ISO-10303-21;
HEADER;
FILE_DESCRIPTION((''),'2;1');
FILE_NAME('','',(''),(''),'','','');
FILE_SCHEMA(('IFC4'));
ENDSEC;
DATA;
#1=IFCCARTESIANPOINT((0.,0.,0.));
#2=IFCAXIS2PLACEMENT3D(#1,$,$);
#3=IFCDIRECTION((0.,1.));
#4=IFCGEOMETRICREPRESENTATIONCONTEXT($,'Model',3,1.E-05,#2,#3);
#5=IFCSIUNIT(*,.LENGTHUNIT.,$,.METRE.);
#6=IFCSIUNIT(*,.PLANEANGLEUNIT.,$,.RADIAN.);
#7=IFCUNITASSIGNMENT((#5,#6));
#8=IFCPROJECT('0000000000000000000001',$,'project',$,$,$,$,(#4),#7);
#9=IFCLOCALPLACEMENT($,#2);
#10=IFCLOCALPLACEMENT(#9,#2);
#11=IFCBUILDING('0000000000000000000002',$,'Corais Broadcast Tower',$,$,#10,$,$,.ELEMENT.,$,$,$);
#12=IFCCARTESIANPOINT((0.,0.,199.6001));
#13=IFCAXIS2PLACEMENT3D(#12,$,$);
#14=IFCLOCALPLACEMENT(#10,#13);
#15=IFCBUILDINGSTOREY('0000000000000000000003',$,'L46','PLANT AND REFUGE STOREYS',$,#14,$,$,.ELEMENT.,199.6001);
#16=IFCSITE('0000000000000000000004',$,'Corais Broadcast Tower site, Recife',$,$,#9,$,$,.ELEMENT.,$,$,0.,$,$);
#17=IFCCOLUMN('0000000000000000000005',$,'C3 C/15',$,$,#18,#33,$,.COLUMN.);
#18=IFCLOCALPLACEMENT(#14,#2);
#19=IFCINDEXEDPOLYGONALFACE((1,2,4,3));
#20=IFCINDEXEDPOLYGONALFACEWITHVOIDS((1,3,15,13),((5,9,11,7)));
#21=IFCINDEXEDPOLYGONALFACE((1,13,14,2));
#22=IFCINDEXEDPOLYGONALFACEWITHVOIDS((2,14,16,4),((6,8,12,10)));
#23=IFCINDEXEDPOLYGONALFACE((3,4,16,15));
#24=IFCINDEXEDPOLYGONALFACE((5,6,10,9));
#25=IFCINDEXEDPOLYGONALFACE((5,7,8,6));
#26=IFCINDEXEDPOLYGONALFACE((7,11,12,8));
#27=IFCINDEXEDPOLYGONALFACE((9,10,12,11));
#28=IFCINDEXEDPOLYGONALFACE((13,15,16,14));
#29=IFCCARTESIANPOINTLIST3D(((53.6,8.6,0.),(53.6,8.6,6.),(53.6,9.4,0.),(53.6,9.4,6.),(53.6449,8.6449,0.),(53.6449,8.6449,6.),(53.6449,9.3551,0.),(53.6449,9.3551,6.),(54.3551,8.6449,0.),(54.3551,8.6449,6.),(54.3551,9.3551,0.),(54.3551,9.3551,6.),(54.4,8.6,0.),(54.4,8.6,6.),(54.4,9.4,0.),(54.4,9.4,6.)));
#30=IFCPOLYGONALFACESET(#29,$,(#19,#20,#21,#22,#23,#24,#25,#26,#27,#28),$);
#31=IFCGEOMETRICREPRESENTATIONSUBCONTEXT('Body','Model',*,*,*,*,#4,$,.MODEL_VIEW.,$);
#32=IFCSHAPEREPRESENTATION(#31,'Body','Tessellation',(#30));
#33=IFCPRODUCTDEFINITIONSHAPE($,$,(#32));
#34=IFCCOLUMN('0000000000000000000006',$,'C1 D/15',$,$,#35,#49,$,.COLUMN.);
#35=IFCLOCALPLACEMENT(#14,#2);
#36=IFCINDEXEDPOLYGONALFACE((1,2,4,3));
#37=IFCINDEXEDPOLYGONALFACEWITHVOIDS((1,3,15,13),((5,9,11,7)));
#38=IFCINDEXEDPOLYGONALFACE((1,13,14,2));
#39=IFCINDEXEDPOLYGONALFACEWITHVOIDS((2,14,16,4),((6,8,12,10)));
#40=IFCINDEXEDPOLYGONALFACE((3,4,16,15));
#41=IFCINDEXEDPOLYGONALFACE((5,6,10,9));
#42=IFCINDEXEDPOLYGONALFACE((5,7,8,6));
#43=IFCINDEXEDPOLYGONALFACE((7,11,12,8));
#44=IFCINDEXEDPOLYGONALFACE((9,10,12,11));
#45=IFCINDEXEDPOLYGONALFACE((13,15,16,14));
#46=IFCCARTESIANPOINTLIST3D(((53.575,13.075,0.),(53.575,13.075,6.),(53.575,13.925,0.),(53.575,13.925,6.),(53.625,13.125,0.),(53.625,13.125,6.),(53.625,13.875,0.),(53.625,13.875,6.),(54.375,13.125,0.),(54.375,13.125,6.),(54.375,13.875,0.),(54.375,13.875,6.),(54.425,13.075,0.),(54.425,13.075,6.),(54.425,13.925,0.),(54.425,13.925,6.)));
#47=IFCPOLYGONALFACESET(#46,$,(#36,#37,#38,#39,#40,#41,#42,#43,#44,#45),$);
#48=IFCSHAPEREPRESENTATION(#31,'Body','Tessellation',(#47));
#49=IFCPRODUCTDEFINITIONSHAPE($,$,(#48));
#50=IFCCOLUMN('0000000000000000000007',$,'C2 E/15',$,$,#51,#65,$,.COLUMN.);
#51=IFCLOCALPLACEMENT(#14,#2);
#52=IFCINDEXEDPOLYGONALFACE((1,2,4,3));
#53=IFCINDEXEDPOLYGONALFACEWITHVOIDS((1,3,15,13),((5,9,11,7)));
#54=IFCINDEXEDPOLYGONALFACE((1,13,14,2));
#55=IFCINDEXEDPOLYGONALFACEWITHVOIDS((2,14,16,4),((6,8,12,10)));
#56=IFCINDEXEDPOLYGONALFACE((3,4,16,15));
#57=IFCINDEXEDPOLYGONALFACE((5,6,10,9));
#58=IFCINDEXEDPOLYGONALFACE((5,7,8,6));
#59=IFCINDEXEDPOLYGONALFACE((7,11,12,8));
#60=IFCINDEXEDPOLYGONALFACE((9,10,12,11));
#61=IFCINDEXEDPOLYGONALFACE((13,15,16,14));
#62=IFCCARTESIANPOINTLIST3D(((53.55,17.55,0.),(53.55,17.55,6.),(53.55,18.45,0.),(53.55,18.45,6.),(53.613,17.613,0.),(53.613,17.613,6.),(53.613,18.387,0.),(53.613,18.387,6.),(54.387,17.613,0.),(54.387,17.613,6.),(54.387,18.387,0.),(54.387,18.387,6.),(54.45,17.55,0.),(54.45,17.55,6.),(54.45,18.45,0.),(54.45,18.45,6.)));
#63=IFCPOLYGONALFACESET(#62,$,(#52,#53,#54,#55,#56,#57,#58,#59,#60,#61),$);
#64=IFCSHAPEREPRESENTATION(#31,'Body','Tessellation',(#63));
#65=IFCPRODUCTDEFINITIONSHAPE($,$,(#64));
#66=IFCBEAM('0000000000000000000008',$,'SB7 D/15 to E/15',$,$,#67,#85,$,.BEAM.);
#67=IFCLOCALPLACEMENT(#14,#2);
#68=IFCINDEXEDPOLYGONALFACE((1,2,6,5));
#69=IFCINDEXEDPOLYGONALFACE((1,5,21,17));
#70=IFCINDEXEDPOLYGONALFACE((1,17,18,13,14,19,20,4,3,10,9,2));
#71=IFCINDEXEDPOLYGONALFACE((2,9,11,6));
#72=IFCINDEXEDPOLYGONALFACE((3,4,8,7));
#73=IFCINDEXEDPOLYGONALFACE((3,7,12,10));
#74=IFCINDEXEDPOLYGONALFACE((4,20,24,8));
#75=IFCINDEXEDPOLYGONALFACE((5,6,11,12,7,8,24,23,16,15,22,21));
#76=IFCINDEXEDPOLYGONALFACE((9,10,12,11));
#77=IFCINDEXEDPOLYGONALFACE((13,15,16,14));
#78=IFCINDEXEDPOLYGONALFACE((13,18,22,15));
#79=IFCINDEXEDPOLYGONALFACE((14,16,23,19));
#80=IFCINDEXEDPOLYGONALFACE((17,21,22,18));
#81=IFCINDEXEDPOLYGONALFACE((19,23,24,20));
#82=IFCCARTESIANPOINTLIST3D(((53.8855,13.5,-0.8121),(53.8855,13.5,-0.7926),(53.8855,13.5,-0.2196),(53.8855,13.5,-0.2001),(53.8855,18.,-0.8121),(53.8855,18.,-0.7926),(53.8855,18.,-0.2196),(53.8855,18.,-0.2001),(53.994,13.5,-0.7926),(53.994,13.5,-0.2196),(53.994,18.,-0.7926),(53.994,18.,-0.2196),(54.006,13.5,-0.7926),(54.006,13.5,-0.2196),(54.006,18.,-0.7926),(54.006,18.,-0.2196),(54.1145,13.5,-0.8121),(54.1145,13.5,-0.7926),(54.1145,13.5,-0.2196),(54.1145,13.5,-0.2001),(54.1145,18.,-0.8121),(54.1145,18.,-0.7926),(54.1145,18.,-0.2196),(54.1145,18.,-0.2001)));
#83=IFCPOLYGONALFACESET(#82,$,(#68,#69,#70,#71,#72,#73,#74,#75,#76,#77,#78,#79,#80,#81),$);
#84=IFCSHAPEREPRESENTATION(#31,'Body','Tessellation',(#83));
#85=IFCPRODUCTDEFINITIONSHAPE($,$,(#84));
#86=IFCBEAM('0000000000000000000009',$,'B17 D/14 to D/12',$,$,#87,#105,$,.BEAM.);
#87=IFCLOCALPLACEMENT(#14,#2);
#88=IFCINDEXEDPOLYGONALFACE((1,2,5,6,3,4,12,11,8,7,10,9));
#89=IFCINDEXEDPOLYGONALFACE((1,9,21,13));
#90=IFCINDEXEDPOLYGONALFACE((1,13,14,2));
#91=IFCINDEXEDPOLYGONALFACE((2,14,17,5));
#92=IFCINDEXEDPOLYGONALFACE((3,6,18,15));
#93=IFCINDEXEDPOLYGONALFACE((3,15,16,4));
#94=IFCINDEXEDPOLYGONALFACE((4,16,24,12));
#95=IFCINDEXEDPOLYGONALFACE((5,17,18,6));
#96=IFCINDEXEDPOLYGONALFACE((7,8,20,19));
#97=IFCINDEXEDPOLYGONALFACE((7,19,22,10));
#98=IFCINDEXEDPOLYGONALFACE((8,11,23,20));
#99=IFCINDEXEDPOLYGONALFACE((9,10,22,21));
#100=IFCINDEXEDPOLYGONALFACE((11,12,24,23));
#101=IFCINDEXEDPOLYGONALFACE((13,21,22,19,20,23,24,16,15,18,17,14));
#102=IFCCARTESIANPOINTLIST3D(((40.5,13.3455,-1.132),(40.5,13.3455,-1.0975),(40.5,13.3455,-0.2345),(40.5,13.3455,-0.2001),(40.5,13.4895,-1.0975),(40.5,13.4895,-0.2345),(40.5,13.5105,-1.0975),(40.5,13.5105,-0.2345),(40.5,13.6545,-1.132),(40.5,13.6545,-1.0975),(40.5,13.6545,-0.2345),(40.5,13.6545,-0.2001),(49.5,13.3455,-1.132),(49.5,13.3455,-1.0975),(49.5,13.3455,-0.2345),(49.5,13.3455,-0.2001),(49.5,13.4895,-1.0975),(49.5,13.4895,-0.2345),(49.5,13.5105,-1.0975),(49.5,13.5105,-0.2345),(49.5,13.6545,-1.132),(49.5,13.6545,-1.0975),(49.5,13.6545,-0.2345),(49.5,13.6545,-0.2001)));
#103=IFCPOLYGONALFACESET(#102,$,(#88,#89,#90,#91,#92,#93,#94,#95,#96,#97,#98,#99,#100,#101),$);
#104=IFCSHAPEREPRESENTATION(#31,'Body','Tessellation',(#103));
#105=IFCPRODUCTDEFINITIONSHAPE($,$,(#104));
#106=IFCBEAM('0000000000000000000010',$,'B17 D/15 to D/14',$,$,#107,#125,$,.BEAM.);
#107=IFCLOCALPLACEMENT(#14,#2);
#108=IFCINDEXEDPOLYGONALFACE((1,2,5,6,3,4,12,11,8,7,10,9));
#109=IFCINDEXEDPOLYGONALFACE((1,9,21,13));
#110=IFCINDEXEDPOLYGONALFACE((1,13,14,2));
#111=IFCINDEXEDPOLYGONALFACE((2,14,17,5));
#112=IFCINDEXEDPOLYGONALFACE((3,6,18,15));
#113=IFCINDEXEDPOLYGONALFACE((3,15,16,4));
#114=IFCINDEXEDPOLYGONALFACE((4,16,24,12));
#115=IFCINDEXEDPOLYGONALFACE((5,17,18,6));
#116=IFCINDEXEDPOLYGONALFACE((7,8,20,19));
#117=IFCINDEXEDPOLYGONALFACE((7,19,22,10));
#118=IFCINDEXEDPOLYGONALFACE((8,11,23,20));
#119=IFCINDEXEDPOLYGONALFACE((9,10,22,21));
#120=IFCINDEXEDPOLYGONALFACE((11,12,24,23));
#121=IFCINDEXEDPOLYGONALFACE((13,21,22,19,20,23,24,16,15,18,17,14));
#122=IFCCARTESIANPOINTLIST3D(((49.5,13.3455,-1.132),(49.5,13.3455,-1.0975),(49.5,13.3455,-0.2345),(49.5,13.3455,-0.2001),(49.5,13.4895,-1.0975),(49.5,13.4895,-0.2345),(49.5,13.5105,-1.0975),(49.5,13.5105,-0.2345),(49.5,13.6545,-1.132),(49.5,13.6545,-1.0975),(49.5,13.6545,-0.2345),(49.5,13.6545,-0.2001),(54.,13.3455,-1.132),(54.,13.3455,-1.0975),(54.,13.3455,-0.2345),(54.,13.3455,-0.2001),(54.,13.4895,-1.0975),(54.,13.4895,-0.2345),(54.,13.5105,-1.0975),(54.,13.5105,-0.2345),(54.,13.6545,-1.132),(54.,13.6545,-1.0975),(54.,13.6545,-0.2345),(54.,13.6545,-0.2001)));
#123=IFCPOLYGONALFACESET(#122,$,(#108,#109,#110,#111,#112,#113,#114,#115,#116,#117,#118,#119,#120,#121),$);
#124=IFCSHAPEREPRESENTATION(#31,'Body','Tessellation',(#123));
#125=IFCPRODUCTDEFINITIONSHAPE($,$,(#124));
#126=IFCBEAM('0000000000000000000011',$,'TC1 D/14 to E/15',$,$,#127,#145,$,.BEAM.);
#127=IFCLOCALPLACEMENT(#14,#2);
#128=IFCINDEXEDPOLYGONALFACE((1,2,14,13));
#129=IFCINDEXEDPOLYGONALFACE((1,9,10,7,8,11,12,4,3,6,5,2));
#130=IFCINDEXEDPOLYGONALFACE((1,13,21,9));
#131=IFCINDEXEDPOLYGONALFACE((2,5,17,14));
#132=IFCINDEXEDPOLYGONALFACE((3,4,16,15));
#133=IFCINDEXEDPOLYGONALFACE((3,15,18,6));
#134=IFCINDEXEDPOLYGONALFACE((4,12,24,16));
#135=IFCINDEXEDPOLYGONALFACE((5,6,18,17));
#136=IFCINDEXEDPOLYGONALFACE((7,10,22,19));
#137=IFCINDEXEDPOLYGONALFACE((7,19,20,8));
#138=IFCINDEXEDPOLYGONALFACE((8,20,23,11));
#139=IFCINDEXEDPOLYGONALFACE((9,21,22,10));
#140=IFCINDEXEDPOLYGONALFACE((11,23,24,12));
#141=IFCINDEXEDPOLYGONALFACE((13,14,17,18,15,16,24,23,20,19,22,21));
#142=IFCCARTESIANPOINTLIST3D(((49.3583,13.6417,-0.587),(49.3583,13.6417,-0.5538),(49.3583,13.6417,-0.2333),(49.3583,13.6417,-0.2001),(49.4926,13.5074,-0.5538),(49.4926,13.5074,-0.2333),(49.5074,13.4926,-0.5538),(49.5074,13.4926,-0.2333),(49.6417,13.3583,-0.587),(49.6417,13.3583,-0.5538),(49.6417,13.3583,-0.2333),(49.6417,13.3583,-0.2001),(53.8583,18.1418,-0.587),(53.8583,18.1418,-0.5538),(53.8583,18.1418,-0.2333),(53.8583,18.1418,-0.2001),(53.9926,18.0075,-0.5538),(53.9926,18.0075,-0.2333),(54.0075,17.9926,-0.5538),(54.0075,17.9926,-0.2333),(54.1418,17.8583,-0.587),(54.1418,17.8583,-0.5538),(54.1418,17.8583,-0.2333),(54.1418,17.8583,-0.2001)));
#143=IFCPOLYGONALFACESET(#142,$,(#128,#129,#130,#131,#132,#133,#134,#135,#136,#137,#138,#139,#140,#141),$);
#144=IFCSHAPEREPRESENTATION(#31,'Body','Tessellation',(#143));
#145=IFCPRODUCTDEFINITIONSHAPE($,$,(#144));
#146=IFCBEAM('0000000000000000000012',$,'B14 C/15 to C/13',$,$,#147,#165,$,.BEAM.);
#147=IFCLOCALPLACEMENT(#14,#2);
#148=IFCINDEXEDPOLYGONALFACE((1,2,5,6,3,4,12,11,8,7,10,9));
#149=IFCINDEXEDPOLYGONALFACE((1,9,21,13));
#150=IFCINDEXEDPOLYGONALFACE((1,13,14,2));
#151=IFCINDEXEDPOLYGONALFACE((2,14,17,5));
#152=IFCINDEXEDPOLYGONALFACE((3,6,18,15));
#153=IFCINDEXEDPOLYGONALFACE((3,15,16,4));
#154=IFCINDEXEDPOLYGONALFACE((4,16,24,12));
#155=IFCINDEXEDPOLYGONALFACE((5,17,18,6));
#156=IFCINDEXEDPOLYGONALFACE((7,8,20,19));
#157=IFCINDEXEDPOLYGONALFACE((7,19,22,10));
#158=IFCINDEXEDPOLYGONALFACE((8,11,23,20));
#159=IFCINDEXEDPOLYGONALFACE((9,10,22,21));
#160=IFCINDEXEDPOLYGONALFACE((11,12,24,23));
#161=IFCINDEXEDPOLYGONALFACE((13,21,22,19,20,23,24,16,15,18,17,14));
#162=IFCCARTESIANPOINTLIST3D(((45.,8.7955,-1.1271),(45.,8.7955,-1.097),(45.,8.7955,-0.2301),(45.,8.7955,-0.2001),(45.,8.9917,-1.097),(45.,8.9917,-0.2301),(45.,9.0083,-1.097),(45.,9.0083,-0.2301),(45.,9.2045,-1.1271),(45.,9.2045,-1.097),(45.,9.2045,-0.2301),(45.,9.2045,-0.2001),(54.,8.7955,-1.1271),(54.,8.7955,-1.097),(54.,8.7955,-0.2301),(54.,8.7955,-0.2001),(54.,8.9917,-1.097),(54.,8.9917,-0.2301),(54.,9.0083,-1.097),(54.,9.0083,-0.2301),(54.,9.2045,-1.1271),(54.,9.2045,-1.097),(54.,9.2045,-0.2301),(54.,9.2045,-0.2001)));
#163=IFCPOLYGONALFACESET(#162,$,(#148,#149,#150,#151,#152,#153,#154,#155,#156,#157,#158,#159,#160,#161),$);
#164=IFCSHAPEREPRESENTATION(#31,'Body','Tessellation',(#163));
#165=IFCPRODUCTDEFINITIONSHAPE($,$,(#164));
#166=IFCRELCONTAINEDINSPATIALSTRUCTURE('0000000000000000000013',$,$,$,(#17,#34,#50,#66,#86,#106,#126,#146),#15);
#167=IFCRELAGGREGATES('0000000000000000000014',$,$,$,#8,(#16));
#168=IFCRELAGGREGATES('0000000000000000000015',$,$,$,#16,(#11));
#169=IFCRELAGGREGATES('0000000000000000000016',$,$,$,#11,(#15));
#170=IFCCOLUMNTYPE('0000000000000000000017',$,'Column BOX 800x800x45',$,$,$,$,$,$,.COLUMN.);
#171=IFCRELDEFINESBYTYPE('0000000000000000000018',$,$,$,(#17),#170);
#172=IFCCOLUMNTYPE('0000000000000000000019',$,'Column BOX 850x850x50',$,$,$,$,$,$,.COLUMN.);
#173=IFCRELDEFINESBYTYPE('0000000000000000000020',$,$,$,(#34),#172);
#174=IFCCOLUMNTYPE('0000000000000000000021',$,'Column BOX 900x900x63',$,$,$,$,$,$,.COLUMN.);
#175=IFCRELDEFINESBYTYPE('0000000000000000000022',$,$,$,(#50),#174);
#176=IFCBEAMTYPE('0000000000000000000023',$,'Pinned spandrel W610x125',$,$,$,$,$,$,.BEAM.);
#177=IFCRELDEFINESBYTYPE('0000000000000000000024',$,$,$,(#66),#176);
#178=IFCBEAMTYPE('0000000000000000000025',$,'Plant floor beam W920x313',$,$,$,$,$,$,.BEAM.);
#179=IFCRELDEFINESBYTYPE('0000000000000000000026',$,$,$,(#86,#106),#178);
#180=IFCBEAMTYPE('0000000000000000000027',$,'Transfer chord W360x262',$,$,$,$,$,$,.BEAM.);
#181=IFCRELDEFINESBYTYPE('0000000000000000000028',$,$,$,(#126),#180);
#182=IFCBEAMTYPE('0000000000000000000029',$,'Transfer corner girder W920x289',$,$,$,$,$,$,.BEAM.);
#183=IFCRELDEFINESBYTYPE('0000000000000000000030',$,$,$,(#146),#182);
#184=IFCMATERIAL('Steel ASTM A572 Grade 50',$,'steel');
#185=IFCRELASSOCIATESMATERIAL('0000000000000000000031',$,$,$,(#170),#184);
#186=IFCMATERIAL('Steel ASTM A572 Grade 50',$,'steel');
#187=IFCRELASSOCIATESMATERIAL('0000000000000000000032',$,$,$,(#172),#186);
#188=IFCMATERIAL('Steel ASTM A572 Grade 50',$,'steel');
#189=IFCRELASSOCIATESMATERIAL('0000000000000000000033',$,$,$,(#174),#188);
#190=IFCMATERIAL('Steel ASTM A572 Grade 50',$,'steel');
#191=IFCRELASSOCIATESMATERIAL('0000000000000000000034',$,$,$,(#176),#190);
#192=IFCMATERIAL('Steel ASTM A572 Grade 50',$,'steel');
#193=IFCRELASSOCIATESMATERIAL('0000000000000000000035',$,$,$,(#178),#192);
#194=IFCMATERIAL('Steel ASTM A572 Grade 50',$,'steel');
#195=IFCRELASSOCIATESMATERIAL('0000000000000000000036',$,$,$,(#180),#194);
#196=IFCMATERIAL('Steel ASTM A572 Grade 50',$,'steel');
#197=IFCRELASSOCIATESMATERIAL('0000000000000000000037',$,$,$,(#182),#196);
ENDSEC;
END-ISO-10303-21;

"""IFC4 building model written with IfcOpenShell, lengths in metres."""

from ifc_helpers import new_model, si_unit, direction, frame, origin, origin_2d, place, context, subcontext, project, spatial, hollow_rectangle, i_section, extrude, material, material_profile, profile_set, type_object, element, save


model = new_model("IFC4")

# Units and contexts
model_context = context("Model", 3, precision=1e-05, world=origin(), true_north=direction((0.0, 1.0)))
body_context = subcontext(model_context, "Body", "Model", "MODEL_VIEW")
ifc_project = project(units=[si_unit("LENGTHUNIT", "METRE"), si_unit("PLANEANGLEUNIT", "RADIAN")], contexts=[model_context])

# Site, building, storey
site_placement = place(None, origin())
site = spatial("IfcSite", under=ifc_project, at=site_placement, Name="Corais Broadcast Tower site, Recife", CompositionType="ELEMENT", RefElevation=0.0)
building_placement = place(site_placement, origin())
building = spatial("IfcBuilding", under=site, at=building_placement, Name="Corais Broadcast Tower", CompositionType="ELEMENT")
storey_placement = place(building_placement, frame((0.0, 0.0, 199.6001)))
storey = spatial("IfcBuildingStorey", under=building, at=storey_placement, Name="L46", Description="PLANT AND REFUGE STOREYS", CompositionType="ELEMENT", Elevation=199.6001)

# Columns
ifc_material_1 = material(Name="Steel ASTM A572 Grade 50", Category="steel")
ifc_material_profile_1 = material_profile(ifc_material_1, hollow_rectangle(XDim=0.8, YDim=0.8, WallThickness=0.0449, at=origin_2d()), Name="BOX 800x800x45")
ifc_profile_set_1 = profile_set([ifc_material_profile_1], Name="Steel ASTM A572 Grade 50")
column_type_1 = type_object("IfcColumnType", Name="Column BOX 800x800x45", PredefinedType="COLUMN", material=ifc_profile_set_1)
column_1_placement = place(storey_placement, frame((54.0, 9.0, 0.0), z_axis=(0.0, 0.0, 1.0), x_axis=(1.0, 0.0, 0.0)))
element("IfcColumn", 1, at=column_1_placement, inside=storey, type_object=column_type_1, Name="C3 C/15", PredefinedType="COLUMN", context=body_context, shape_type="SweptSolid", body=[
    extrude(hollow_rectangle(XDim=0.8, YDim=0.8, WallThickness=0.0449, at=origin_2d()), origin(), (0.0, 0.0, 1.0), 6.0),
])
ifc_material_2 = material(Name="Steel ASTM A572 Grade 50", Category="steel")
ifc_material_profile_2 = material_profile(ifc_material_2, hollow_rectangle(XDim=0.8501, YDim=0.8501, WallThickness=0.05, at=origin_2d()), Name="BOX 850x850x50")
ifc_profile_set_2 = profile_set([ifc_material_profile_2], Name="Steel ASTM A572 Grade 50")
column_type_2 = type_object("IfcColumnType", Name="Column BOX 850x850x50", PredefinedType="COLUMN", material=ifc_profile_set_2)
column_2_placement = place(storey_placement, frame((54.0, 13.5, 0.0), z_axis=(0.0, 0.0, 1.0), x_axis=(1.0, 0.0, 0.0)))
element("IfcColumn", 2, at=column_2_placement, inside=storey, type_object=column_type_2, Name="C1 D/15", PredefinedType="COLUMN", context=body_context, shape_type="SweptSolid", body=[
    extrude(hollow_rectangle(XDim=0.8501, YDim=0.8501, WallThickness=0.05, at=origin_2d()), origin(), (0.0, 0.0, 1.0), 6.0),
])
ifc_material_3 = material(Name="Steel ASTM A572 Grade 50", Category="steel")
ifc_material_profile_3 = material_profile(ifc_material_3, hollow_rectangle(XDim=0.8999, YDim=0.8999, WallThickness=0.063, at=origin_2d()), Name="BOX 900x900x63")
ifc_profile_set_3 = profile_set([ifc_material_profile_3], Name="Steel ASTM A572 Grade 50")
column_type_3 = type_object("IfcColumnType", Name="Column BOX 900x900x63", PredefinedType="COLUMN", material=ifc_profile_set_3)
column_3_placement = place(storey_placement, frame((54.0, 18.0, 0.0), z_axis=(0.0, 0.0, 1.0), x_axis=(1.0, 0.0, 0.0)))
element("IfcColumn", 3, at=column_3_placement, inside=storey, type_object=column_type_3, Name="C2 E/15", PredefinedType="COLUMN", context=body_context, shape_type="SweptSolid", body=[
    extrude(hollow_rectangle(XDim=0.8999, YDim=0.8999, WallThickness=0.063, at=origin_2d()), origin(), (0.0, 0.0, 1.0), 6.0),
])

# Beams
ifc_material_4 = material(Name="Steel ASTM A572 Grade 50", Category="steel")
ifc_material_profile_4 = material_profile(ifc_material_4, i_section(OverallWidth=0.229, OverallDepth=0.6121, WebThickness=0.012, FlangeThickness=0.0195, at=origin_2d()), Name="W610x125")
ifc_profile_set_4 = profile_set([ifc_material_profile_4], Name="Steel ASTM A572 Grade 50")
beam_type_1 = type_object("IfcBeamType", Name="Pinned spandrel W610x125", PredefinedType="BEAM", material=ifc_profile_set_4)
beam_1_placement = place(storey_placement, frame((54.0, 13.5, -0.5061), z_axis=(0.0, 1.0, 0.0), x_axis=(-1.0, 0.0, 0.0)))
element("IfcBeam", 4, at=beam_1_placement, inside=storey, type_object=beam_type_1, Name="SB7 D/15 to E/15", PredefinedType="BEAM", context=body_context, shape_type="SweptSolid", body=[
    extrude(i_section(OverallWidth=0.229, OverallDepth=0.6121, WebThickness=0.012, FlangeThickness=0.0195, at=origin_2d()), origin(), (0.0, 0.0, 1.0), 4.5),
])
ifc_material_5 = material(Name="Steel ASTM A572 Grade 50", Category="steel")
ifc_material_profile_5 = material_profile(ifc_material_5, i_section(OverallWidth=0.3091, OverallDepth=0.9319, WebThickness=0.021, FlangeThickness=0.0344, at=origin_2d()), Name="W920x313")
ifc_profile_set_5 = profile_set([ifc_material_profile_5], Name="Steel ASTM A572 Grade 50")
beam_type_2 = type_object("IfcBeamType", Name="Plant floor beam W920x313", PredefinedType="BEAM", material=ifc_profile_set_5)
beam_2_placement = place(storey_placement, frame((49.5, 13.5, -0.666), z_axis=(-1.0, 0.0, 0.0), x_axis=(0.0, -1.0, 0.0)))
element("IfcBeam", 5, at=beam_2_placement, inside=storey, type_object=beam_type_2, Name="B17 D/14 to D/12", PredefinedType="BEAM", context=body_context, shape_type="SweptSolid", body=[
    extrude(i_section(OverallWidth=0.3091, OverallDepth=0.9319, WebThickness=0.021, FlangeThickness=0.0344, at=origin_2d()), origin(), (0.0, 0.0, 1.0), 9.0),
])
beam_3_placement = place(storey_placement, frame((54.0, 13.5, -0.666), z_axis=(-1.0, 0.0, 0.0), x_axis=(0.0, -1.0, 0.0)))
element("IfcBeam", 6, at=beam_3_placement, inside=storey, type_object=beam_type_2, Name="B17 D/15 to D/14", PredefinedType="BEAM", context=body_context, shape_type="SweptSolid", body=[
    extrude(i_section(OverallWidth=0.3091, OverallDepth=0.9319, WebThickness=0.021, FlangeThickness=0.0344, at=origin_2d()), origin(), (0.0, 0.0, 1.0), 4.5),
])
ifc_material_6 = material(Name="Steel ASTM A572 Grade 50", Category="steel")
ifc_material_profile_6 = material_profile(ifc_material_6, i_section(OverallWidth=0.4009, OverallDepth=0.387, WebThickness=0.021, FlangeThickness=0.0332, at=origin_2d()), Name="W360x262")
ifc_profile_set_6 = profile_set([ifc_material_profile_6], Name="Steel ASTM A572 Grade 50")
beam_type_3 = type_object("IfcBeamType", Name="Transfer chord W360x262", PredefinedType="BEAM", material=ifc_profile_set_6)
beam_4_placement = place(storey_placement, frame((49.5, 13.5, -0.3936), z_axis=(0.707107, 0.707107, 0.0), x_axis=(-0.707107, 0.707107, 0.0)))
element("IfcBeam", 7, at=beam_4_placement, inside=storey, type_object=beam_type_3, Name="TC1 D/14 to E/15", PredefinedType="BEAM", context=body_context, shape_type="SweptSolid", body=[
    extrude(i_section(OverallWidth=0.4009, OverallDepth=0.387, WebThickness=0.021, FlangeThickness=0.0332, at=origin_2d()), origin(), (0.0, 0.0, 1.0), 6.364),
])
ifc_material_7 = material(Name="Steel ASTM A572 Grade 50", Category="steel")
ifc_material_profile_7 = material_profile(ifc_material_7, i_section(OverallWidth=0.4089, OverallDepth=0.927, WebThickness=0.0166, FlangeThickness=0.03, at=origin_2d()), Name="W920x289")
ifc_profile_set_7 = profile_set([ifc_material_profile_7], Name="Steel ASTM A572 Grade 50")
beam_type_4 = type_object("IfcBeamType", Name="Transfer corner girder W920x289", PredefinedType="BEAM", material=ifc_profile_set_7)
beam_5_placement = place(storey_placement, frame((54.0, 9.0, -0.6636), z_axis=(-1.0, 0.0, 0.0), x_axis=(0.0, -1.0, 0.0)))
element("IfcBeam", 8, at=beam_5_placement, inside=storey, type_object=beam_type_4, Name="B14 C/15 to C/13", PredefinedType="BEAM", context=body_context, shape_type="SweptSolid", body=[
    extrude(i_section(OverallWidth=0.4089, OverallDepth=0.927, WebThickness=0.0166, FlangeThickness=0.03, at=origin_2d()), origin(), (0.0, 0.0, 1.0), 9.0),
])

save(model, "model.ifc")
